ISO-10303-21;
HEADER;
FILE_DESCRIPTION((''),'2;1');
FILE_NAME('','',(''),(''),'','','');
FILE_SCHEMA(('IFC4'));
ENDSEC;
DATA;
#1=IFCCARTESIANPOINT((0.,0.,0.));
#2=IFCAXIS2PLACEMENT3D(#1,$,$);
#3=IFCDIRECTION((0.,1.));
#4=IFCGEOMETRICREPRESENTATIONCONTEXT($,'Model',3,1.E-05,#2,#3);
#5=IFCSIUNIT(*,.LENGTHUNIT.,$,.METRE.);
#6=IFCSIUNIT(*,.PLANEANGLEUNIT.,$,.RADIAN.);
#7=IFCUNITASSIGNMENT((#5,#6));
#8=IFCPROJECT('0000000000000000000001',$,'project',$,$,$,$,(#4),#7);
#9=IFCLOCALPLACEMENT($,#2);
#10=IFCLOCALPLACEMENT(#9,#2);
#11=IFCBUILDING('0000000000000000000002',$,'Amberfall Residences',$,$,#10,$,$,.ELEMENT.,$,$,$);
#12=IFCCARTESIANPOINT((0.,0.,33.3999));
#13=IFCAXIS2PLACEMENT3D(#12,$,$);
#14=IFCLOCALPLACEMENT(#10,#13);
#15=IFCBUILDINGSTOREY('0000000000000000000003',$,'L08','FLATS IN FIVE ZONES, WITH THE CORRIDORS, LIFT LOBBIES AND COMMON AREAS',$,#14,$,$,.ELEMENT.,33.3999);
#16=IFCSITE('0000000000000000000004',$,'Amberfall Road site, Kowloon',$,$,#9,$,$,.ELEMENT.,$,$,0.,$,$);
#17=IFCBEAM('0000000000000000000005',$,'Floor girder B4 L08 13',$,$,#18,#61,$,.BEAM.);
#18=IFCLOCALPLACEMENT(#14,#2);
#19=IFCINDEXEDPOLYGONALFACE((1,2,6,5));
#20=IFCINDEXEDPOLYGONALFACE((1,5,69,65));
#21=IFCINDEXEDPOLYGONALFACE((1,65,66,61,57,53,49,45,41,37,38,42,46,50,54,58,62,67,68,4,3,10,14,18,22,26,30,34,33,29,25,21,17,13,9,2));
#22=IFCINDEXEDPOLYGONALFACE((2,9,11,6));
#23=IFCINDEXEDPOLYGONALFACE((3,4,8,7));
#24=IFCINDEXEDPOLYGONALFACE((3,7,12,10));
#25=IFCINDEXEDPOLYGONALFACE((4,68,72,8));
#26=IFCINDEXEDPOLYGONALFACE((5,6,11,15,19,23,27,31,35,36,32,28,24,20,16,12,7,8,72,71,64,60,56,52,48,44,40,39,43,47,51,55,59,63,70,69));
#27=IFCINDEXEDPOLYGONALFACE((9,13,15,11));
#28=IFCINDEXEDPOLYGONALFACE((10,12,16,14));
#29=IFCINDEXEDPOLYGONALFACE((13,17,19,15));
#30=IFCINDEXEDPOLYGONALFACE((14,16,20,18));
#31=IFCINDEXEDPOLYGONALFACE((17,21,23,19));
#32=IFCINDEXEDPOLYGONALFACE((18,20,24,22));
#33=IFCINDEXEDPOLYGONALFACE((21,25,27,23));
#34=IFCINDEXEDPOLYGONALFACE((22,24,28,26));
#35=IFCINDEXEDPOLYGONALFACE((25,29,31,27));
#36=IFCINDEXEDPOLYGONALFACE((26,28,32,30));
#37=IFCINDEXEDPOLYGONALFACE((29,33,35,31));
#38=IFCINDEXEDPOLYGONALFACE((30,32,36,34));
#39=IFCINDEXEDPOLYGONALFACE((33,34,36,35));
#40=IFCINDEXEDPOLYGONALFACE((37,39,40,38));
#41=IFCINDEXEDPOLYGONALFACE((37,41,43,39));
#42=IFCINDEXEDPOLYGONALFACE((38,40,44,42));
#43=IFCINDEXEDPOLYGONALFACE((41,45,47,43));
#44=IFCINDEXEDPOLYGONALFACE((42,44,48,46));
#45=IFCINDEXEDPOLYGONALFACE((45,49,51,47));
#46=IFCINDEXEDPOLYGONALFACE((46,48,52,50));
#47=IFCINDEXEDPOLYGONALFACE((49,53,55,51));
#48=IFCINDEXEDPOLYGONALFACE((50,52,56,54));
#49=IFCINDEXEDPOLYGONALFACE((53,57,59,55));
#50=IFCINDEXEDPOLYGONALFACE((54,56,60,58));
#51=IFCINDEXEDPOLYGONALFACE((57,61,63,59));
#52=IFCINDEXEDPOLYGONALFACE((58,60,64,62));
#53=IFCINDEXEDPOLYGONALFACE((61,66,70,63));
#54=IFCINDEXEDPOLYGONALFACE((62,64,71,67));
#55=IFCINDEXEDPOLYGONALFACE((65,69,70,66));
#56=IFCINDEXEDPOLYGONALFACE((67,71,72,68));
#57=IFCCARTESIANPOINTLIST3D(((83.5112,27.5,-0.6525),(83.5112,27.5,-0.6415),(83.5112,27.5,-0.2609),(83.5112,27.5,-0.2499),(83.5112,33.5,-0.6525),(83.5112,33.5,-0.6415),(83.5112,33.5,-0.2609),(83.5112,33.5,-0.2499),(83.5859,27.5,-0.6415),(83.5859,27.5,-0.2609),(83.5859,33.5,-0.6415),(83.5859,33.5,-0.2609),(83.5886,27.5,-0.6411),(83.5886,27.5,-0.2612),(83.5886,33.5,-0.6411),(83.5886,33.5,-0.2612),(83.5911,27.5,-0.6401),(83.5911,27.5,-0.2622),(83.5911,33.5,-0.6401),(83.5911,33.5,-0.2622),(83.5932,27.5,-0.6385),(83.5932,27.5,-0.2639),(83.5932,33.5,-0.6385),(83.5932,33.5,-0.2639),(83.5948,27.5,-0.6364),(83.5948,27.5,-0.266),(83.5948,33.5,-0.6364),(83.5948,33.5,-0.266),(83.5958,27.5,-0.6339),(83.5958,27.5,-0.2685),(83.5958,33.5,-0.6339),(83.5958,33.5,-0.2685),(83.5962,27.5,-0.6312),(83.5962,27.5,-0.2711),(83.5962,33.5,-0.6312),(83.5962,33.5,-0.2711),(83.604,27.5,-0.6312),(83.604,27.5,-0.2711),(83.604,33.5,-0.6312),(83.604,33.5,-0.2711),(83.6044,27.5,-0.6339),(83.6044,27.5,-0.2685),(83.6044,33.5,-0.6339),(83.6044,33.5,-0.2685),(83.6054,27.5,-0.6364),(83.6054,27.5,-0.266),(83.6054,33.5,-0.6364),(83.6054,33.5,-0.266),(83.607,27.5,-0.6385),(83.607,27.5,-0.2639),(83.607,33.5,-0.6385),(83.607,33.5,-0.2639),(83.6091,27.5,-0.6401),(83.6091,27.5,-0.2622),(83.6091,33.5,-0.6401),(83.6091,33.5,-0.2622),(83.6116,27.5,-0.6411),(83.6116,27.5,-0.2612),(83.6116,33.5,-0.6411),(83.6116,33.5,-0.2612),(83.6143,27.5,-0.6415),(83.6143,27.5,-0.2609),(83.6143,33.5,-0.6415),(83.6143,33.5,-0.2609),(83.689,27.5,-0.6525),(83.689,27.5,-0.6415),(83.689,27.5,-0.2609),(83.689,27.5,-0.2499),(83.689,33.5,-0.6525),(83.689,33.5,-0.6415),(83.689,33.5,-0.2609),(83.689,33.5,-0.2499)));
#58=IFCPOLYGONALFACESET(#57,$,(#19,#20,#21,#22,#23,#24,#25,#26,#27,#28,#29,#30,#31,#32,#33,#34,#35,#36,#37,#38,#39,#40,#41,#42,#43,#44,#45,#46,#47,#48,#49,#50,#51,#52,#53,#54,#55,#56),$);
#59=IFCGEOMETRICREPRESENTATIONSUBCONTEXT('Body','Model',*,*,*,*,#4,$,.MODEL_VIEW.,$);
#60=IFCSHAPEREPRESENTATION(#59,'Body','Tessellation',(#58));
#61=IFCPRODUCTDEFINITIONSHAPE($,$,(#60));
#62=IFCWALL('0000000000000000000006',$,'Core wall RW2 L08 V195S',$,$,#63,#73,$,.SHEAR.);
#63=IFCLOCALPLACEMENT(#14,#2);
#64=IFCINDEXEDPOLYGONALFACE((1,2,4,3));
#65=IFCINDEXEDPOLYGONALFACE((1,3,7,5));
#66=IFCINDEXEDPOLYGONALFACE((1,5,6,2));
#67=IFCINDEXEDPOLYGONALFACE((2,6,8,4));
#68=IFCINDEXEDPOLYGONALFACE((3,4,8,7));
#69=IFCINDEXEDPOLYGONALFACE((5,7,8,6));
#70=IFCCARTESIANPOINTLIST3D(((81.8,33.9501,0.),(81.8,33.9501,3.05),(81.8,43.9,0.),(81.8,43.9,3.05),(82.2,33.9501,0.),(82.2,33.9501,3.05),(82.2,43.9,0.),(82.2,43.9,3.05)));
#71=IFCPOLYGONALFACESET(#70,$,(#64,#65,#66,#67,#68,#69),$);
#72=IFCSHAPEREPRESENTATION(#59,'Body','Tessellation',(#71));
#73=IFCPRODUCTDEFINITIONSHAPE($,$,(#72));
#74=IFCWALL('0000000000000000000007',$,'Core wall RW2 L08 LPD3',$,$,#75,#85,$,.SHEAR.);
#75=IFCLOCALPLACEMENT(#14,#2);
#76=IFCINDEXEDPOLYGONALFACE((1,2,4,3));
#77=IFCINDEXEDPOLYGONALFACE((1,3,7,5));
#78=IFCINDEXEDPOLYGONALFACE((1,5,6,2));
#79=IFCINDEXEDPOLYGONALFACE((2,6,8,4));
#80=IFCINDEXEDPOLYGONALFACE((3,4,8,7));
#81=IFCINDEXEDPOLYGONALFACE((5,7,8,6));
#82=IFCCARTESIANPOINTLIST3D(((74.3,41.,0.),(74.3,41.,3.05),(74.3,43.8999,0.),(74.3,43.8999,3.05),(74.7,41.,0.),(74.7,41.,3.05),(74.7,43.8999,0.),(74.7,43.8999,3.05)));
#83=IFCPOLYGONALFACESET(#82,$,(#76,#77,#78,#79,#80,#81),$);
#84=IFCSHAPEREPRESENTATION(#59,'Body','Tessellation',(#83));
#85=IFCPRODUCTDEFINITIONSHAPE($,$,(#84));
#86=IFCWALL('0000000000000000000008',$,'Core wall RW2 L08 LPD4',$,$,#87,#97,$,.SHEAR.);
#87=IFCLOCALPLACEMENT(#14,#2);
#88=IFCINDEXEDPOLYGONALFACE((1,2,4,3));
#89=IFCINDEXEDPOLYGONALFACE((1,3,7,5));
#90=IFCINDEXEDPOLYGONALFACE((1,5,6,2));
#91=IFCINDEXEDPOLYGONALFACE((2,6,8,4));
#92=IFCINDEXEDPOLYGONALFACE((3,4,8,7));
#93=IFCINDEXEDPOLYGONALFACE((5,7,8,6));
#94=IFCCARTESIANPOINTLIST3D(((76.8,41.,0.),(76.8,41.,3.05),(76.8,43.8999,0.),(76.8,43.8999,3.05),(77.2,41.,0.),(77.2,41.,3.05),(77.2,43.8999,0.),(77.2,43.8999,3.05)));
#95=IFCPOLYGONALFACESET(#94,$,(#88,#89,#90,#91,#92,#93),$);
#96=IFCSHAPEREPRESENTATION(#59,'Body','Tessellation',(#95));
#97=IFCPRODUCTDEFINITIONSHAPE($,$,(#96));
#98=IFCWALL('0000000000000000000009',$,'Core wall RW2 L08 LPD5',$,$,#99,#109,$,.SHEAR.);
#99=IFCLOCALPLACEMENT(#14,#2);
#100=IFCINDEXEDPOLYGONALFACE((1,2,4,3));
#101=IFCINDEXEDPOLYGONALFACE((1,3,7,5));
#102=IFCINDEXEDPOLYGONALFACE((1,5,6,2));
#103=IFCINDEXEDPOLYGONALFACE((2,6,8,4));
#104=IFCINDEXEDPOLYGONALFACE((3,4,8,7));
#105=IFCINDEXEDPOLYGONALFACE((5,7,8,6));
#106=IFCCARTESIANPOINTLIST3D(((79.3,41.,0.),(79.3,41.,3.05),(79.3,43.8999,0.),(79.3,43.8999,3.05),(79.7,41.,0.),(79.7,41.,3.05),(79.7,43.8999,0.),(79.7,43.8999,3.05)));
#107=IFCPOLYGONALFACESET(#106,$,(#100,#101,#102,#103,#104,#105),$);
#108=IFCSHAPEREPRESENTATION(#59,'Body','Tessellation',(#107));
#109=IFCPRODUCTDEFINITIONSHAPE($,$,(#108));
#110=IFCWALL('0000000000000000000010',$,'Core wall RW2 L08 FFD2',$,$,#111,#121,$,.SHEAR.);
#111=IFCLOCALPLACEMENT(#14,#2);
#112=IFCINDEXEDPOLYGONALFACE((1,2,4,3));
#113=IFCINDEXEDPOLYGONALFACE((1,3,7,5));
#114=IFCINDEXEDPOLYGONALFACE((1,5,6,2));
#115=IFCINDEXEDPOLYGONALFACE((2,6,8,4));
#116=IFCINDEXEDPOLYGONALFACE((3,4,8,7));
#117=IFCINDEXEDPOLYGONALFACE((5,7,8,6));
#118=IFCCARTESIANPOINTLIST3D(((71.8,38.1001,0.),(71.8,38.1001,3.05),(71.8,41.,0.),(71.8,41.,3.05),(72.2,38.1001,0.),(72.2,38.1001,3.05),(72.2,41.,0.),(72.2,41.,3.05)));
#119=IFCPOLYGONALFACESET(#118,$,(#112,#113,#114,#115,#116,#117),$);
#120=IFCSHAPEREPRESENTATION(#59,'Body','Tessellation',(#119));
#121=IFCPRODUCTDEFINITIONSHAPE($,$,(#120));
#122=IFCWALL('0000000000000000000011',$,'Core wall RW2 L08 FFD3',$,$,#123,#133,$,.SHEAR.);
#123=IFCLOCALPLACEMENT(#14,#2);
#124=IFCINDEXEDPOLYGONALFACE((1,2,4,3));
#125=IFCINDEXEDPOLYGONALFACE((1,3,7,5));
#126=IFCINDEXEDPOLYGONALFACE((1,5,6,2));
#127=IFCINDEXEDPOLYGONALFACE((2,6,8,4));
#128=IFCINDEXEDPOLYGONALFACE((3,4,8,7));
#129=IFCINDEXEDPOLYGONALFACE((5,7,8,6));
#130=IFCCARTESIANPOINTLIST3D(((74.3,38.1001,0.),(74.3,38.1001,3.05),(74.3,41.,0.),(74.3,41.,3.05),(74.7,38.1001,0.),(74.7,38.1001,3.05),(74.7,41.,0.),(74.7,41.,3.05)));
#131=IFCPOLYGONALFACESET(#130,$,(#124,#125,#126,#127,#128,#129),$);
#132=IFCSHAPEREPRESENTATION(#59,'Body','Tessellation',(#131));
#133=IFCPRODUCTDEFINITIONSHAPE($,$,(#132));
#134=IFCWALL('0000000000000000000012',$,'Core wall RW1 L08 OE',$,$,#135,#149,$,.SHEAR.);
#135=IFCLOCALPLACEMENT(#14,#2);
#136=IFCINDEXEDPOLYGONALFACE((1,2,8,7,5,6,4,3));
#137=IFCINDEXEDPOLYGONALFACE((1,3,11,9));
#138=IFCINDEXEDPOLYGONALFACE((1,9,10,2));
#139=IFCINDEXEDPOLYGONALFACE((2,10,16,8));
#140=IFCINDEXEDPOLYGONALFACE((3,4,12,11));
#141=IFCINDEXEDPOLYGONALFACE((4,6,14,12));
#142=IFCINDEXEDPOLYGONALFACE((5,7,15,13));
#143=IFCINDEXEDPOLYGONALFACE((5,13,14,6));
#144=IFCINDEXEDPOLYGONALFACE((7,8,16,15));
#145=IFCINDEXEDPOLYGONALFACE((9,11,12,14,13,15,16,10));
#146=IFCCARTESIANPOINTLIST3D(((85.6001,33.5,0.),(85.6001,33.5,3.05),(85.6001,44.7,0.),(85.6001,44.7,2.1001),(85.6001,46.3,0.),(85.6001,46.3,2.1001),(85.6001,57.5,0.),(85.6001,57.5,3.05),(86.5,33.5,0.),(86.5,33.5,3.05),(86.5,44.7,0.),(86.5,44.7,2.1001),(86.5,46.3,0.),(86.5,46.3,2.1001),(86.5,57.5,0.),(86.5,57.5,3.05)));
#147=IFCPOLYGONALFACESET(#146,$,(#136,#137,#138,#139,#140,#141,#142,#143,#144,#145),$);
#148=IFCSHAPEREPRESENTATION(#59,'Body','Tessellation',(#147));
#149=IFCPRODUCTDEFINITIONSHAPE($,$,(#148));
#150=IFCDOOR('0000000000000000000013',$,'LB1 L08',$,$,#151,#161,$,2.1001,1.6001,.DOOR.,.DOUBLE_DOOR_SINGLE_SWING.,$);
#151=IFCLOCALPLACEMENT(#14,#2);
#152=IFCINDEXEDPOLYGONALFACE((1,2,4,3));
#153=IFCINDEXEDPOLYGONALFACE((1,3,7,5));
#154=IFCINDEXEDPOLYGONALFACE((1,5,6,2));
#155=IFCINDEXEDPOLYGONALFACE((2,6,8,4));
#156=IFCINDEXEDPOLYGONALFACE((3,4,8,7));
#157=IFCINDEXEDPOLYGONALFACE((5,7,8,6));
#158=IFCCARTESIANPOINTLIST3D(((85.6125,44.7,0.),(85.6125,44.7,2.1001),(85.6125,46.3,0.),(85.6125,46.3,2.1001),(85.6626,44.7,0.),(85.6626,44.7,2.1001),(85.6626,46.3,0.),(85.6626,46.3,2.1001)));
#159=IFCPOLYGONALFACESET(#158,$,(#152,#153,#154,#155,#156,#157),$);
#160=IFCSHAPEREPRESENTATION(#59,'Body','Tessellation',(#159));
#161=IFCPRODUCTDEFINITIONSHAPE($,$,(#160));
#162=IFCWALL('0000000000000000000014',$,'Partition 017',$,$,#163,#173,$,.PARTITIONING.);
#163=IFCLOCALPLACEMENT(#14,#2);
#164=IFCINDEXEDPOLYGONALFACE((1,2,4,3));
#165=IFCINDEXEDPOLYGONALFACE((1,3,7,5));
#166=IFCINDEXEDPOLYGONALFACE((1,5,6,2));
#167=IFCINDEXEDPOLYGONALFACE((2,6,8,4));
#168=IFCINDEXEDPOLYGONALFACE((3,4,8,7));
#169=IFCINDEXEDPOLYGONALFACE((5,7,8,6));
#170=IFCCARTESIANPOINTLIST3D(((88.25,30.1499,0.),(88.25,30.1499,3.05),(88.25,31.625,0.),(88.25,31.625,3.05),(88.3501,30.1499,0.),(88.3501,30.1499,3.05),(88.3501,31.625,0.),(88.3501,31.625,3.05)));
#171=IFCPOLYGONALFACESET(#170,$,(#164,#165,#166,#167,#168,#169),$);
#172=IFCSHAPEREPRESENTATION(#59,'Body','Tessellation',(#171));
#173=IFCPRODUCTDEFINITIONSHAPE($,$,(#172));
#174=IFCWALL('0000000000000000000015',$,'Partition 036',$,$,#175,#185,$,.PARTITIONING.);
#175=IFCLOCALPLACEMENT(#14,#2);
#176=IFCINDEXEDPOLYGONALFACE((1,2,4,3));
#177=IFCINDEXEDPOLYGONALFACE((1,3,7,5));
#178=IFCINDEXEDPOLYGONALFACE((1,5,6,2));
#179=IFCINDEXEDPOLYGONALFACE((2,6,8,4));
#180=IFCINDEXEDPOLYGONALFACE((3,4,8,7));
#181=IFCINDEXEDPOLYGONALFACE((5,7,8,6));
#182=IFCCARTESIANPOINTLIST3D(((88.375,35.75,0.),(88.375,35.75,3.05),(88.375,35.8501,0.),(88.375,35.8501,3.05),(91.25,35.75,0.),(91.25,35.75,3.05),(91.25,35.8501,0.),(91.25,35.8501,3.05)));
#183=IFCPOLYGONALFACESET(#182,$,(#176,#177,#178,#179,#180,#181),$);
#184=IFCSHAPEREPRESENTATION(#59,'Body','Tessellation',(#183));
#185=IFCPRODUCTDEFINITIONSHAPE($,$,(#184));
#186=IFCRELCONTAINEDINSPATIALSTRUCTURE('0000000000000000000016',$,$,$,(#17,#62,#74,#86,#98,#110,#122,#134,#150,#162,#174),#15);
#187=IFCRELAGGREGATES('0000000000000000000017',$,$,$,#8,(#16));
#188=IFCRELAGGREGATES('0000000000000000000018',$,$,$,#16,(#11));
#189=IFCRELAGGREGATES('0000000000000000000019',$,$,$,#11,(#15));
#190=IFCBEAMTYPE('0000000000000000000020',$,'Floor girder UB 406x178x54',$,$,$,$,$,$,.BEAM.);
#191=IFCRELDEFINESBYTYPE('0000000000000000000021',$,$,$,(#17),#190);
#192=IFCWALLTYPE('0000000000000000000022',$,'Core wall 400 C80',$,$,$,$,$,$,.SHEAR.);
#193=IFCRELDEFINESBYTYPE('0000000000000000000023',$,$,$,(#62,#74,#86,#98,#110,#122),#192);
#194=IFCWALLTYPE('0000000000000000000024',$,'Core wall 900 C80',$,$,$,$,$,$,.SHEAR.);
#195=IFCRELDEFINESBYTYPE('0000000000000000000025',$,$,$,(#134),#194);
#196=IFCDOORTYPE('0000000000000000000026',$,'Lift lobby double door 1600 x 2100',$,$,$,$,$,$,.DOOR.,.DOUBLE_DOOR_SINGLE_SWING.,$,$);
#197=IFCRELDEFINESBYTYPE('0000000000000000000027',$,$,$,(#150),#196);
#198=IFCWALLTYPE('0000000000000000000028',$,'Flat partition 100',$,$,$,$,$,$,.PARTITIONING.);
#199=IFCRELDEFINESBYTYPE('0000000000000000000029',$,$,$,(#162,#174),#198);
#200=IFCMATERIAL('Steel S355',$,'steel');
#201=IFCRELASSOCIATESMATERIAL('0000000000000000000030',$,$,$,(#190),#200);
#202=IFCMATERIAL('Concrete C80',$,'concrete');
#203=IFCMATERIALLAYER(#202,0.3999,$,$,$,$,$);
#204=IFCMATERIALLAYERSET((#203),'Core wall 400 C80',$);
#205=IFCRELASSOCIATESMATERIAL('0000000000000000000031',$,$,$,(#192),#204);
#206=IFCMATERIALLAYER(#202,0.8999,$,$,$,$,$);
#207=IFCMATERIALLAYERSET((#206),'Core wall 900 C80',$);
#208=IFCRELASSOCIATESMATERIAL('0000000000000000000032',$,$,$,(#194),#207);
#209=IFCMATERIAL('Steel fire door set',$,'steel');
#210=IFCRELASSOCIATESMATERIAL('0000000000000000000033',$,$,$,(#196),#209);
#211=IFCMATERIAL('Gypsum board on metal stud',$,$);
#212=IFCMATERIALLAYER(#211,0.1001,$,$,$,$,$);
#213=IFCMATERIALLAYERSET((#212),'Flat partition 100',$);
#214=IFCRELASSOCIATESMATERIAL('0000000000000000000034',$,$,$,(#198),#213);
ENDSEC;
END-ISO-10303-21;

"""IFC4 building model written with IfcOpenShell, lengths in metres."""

from ifc_helpers import new_model, si_unit, direction, frame, frame_2d, origin, origin_2d, place, context, subcontext, project, spatial, rectangle, i_section, extrude, material, layer, layer_set, material_profile, profile_set, type_object, element, fill, save


model = new_model("IFC4")

# Units and contexts
model_context = context("Model", 3, precision=1e-05, world=origin(), true_north=direction((0.0, 1.0)))
body_context = subcontext(model_context, "Body", "Model", "MODEL_VIEW")
ifc_project = project(units=[si_unit("LENGTHUNIT", "METRE"), si_unit("PLANEANGLEUNIT", "RADIAN")], contexts=[model_context])

# Site, building, storey
site_placement = place(None, origin())
site = spatial("IfcSite", under=ifc_project, at=site_placement, Name="Amberfall Road site, Kowloon", CompositionType="ELEMENT", RefElevation=0.0)
building_placement = place(site_placement, origin())
building = spatial("IfcBuilding", under=site, at=building_placement, Name="Amberfall Residences", CompositionType="ELEMENT")
storey_placement = place(building_placement, frame((0.0, 0.0, 33.3999)))
storey = spatial("IfcBuildingStorey", under=building, at=storey_placement, Name="L08", Description="FLATS IN FIVE ZONES, WITH THE CORRIDORS, LIFT LOBBIES AND COMMON AREAS", CompositionType="ELEMENT", Elevation=33.3999)

# Beam
ifc_material_1 = material(Name="Steel S355", Category="steel")
ifc_material_profile = material_profile(ifc_material_1, i_section(OverallWidth=0.1777, OverallDepth=0.4026, WebThickness=0.0078, FlangeThickness=0.011, FilletRadius=0.0103, at=origin_2d()), Name="UB 406x178x54")
ifc_profile_set = profile_set([ifc_material_profile], Name="Steel S355")
beam_type = type_object("IfcBeamType", Name="Floor girder UB 406x178x54", PredefinedType="BEAM", material=ifc_profile_set)
beam_placement = place(storey_placement, frame((83.6001, 27.5, -0.4512), z_axis=(0.0, 1.0, 0.0), x_axis=(-1.0, 0.0, 0.0)))
element("IfcBeam", 1, at=beam_placement, inside=storey, type_object=beam_type, Name="Floor girder B4 L08 13", PredefinedType="BEAM", context=body_context, shape_type="SweptSolid", body=[
    extrude(i_section(OverallWidth=0.1777, OverallDepth=0.4026, WebThickness=0.0078, FlangeThickness=0.011, FilletRadius=0.0103, at=origin_2d()), origin(), (0.0, 0.0, 1.0), 6.0),
])

# Walls
ifc_material_2 = material(Name="Concrete C80", Category="concrete")
ifc_layer_1 = layer(ifc_material_2, 0.3999)
ifc_layer_set_1 = layer_set([ifc_layer_1], Name="Core wall 400 C80")
wall_type_1 = type_object("IfcWallType", Name="Core wall 400 C80", PredefinedType="SHEAR", material=ifc_layer_set_1)
wall_1_placement = place(storey_placement, frame((82.0, 33.95, 0.0), z_axis=(0.0, 0.0, 1.0), x_axis=(0.0, 1.0, 0.0)))
element("IfcWall", 2, at=wall_1_placement, inside=storey, type_object=wall_type_1, Name="Core wall RW2 L08 V195S", PredefinedType="SHEAR", context=body_context, shape_type="SweptSolid", body=[
    extrude(rectangle(XDim=9.95, YDim=0.3999, at=frame_2d((4.9751, 0.0))), origin(), (0.0, 0.0, 1.0), 3.05),
])
for number, where, z_axis, x_axis, name in (
    (3, (74.5, 41.0, 0.0), (0.0, 0.0, 1.0), (0.0, 1.0, 0.0), "Core wall RW2 L08 LPD3"),
    (4, (77.0, 41.0, 0.0), (0.0, 0.0, 1.0), (0.0, 1.0, 0.0), "Core wall RW2 L08 LPD4"),
    (5, (79.5, 41.0, 0.0), (0.0, 0.0, 1.0), (0.0, 1.0, 0.0), "Core wall RW2 L08 LPD5"),
    (6, (72.0, 38.1001, 0.0), (0.0, 0.0, 1.0), (0.0, 1.0, 0.0), "Core wall RW2 L08 FFD2"),
    (7, (74.5, 38.1001, 0.0), (0.0, 0.0, 1.0), (0.0, 1.0, 0.0), "Core wall RW2 L08 FFD3"),
):
    element("IfcWall", number, at=place(storey_placement, frame(where, z_axis=z_axis, x_axis=x_axis)), inside=storey, type_object=wall_type_1, Name=name, PredefinedType="SHEAR", context=body_context, shape_type="SweptSolid", body=[
        extrude(rectangle(XDim=2.8999, YDim=0.3999, at=frame_2d((1.45, 0.0))), origin(), (0.0, 0.0, 1.0), 3.05),
    ])

# Wall, opening, door
ifc_layer_2 = layer(ifc_material_2, 0.8999)
ifc_layer_set_2 = layer_set([ifc_layer_2], Name="Core wall 900 C80")
wall_type_2 = type_object("IfcWallType", Name="Core wall 900 C80", PredefinedType="SHEAR", material=ifc_layer_set_2)
wall_2_placement = place(storey_placement, frame((86.05, 33.5, 0.0), z_axis=(0.0, 0.0, 1.0), x_axis=(0.0, 1.0, 0.0)))
wall_2 = element("IfcWall", 8, at=wall_2_placement, inside=storey, type_object=wall_type_2, Name="Core wall RW1 L08 OE", PredefinedType="SHEAR", context=body_context, shape_type="SweptSolid", body=[
    extrude(rectangle(XDim=24.0, YDim=0.8999, at=frame_2d((12.0, 0.0))), origin(), (0.0, 0.0, 1.0), 3.05),
])
opening_1_placement = place(wall_2_placement, frame((11.2, 0.0, 0.0)))
opening_1 = element("IfcOpeningElement", 9, at=opening_1_placement, cuts=wall_2, PredefinedType="OPENING", context=body_context, shape_type="SweptSolid", body=[
    extrude(rectangle(XDim=1.6001, YDim=2.1001, at=frame_2d((0.8, 1.05))), frame((0.0, 0.46, 0.0), z_axis=(0.0, -1.0, 0.0), x_axis=(1.0, 0.0, 0.0)), (0.0, 0.0, 1.0), 0.9199),
])
ifc_material_3 = material(Name="Steel fire door set", Category="steel")
door_type_1 = type_object("IfcDoorType", Name="Lift lobby double door 1600 x 2100", OperationType="DOUBLE_DOOR_SINGLE_SWING", PredefinedType="DOOR", material=ifc_material_3)
door_1_placement = place(opening_1_placement, origin())
door_1 = element("IfcDoor", 10, at=door_1_placement, inside=storey, type_object=door_type_1, Name="LB1 L08", OperationType="DOUBLE_DOOR_SINGLE_SWING", OverallHeight=2.1001, OverallWidth=1.6001, PredefinedType="DOOR", context=body_context, shape_type="SweptSolid", body=[
    extrude(rectangle(XDim=1.6001, YDim=2.1001, at=frame_2d((0.8, 1.05))), frame((0.0, 0.4375, 0.0), z_axis=(0.0, -1.0, 0.0), x_axis=(1.0, 0.0, 0.0)), (0.0, 0.0, 1.0), 0.05),
])
fill(opening_1, door_1)

# Walls
ifc_material_4 = material(Name="Gypsum board on metal stud")
ifc_layer_3 = layer(ifc_material_4, 0.1001)
ifc_layer_set_3 = layer_set([ifc_layer_3], Name="Flat partition 100")
wall_type_3 = type_object("IfcWallType", Name="Flat partition 100", PredefinedType="PARTITIONING", material=ifc_layer_set_3)
wall_3_placement = place(storey_placement, frame((88.3, 30.1499, 0.0), z_axis=(0.0, 0.0, 1.0), x_axis=(0.0, 1.0, 0.0)))
element("IfcWall", 11, at=wall_3_placement, inside=storey, type_object=wall_type_3, Name="Partition 017", PredefinedType="PARTITIONING", context=body_context, shape_type="SweptSolid", body=[
    extrude(rectangle(XDim=1.4751, YDim=0.1001, at=frame_2d((0.7375, 0.0))), origin(), (0.0, 0.0, 1.0), 3.05),
])
wall_4_placement = place(storey_placement, frame((88.375, 35.8, 0.0), z_axis=(0.0, 0.0, 1.0), x_axis=(1.0, 0.0, 0.0)))
element("IfcWall", 12, at=wall_4_placement, inside=storey, type_object=wall_type_3, Name="Partition 036", PredefinedType="PARTITIONING", context=body_context, shape_type="SweptSolid", body=[
    extrude(rectangle(XDim=2.875, YDim=0.1001, at=frame_2d((1.4375, 0.0))), origin(), (0.0, 0.0, 1.0), 3.05),
])

save(model, "model.ifc")
